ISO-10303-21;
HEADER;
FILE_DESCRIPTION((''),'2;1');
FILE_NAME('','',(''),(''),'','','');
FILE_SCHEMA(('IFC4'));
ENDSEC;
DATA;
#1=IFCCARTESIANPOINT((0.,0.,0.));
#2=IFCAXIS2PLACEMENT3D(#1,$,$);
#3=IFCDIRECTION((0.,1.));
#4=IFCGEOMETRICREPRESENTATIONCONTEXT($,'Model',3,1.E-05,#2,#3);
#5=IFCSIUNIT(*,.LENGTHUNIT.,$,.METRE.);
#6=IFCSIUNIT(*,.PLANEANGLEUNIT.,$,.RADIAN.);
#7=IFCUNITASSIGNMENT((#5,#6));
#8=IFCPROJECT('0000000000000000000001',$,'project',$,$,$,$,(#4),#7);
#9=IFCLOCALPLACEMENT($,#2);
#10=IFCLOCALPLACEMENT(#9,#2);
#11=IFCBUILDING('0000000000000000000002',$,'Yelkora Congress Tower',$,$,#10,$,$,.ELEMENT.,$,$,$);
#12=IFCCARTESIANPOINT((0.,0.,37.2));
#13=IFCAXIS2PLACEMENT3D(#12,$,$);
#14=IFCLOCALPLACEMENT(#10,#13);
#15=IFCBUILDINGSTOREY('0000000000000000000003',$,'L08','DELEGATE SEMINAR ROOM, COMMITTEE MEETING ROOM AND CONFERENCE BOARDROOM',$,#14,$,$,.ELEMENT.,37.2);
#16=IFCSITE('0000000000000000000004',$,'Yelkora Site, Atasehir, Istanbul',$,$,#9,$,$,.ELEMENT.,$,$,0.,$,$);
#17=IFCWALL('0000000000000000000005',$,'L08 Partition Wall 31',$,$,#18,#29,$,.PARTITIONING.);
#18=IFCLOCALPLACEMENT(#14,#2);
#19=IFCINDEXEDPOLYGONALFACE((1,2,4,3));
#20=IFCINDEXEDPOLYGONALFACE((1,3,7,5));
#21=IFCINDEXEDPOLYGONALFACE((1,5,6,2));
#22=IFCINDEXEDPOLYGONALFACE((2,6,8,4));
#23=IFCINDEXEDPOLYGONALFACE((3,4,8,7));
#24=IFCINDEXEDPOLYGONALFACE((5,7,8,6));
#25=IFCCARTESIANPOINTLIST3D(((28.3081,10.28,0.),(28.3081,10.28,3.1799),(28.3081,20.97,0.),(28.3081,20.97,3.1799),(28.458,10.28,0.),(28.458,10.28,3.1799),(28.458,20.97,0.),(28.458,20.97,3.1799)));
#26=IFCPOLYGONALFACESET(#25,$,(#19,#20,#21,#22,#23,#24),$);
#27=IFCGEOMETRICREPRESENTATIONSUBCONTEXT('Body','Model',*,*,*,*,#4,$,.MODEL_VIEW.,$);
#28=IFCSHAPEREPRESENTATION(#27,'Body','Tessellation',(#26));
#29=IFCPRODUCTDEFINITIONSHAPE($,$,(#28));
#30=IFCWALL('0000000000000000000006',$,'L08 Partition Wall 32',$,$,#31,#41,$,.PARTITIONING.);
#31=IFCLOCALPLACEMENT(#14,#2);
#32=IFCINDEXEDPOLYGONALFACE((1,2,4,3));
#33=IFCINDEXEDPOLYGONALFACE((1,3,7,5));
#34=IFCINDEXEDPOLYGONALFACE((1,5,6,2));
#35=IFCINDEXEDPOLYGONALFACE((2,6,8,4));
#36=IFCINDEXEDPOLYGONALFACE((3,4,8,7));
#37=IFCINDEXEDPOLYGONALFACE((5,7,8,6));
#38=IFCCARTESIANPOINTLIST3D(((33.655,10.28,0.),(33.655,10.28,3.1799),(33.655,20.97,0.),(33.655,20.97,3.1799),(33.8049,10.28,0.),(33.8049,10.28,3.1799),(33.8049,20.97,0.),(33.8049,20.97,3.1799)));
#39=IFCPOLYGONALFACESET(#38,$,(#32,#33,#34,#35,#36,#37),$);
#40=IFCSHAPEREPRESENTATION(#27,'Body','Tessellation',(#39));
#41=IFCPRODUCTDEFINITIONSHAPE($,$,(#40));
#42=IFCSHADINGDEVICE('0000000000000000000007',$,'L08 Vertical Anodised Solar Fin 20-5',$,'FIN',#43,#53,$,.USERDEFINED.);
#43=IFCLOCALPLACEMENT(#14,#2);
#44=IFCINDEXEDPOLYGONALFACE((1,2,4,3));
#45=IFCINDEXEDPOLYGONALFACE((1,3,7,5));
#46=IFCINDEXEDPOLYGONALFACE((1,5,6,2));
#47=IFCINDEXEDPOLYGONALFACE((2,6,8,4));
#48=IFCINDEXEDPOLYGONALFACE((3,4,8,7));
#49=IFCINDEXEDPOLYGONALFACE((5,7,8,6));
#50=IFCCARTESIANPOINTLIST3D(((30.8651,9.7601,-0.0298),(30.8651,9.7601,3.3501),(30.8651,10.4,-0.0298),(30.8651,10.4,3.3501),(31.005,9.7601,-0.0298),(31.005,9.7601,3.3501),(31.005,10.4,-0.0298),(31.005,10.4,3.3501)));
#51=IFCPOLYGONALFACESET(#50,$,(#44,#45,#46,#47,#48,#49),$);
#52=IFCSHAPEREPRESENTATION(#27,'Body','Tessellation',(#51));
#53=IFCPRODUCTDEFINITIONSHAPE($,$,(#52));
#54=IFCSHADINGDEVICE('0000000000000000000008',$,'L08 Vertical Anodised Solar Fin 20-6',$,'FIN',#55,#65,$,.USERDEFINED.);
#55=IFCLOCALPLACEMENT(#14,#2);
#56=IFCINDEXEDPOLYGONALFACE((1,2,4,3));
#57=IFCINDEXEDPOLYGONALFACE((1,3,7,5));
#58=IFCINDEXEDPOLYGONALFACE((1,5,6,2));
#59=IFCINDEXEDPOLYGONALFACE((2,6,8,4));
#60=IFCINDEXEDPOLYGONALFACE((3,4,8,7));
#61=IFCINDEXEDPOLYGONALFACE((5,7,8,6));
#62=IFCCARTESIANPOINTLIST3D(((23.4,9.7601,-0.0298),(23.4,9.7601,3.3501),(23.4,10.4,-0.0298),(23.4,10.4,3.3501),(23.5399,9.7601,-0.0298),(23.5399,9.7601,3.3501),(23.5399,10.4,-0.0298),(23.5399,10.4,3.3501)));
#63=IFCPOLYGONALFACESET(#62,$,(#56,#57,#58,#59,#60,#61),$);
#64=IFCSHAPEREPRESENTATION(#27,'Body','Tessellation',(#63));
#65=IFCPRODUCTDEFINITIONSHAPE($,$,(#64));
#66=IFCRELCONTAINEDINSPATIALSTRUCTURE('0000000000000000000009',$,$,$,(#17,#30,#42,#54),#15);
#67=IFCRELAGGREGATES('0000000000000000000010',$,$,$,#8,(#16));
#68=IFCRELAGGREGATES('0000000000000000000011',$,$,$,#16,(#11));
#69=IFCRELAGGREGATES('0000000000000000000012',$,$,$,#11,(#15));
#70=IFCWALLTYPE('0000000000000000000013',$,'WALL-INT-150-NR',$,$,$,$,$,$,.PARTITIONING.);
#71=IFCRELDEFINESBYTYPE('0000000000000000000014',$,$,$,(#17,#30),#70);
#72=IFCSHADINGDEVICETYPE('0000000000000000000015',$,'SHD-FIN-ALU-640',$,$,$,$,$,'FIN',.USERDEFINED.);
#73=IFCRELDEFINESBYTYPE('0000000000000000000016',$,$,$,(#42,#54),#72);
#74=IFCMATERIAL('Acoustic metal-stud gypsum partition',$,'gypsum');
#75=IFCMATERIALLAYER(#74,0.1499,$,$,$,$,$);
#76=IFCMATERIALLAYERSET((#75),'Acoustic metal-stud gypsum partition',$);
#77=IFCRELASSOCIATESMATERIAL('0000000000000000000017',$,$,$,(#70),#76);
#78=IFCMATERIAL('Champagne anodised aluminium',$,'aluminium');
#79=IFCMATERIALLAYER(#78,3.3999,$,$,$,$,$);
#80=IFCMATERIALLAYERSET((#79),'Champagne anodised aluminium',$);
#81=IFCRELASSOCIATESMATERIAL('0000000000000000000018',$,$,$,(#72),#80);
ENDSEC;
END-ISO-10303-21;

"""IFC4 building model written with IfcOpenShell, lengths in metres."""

from ifc_helpers import new_model, si_unit, direction, frame, frame_2d, origin, origin_2d, place, context, subcontext, project, spatial, rectangle, extrude, material, layer, layer_set, type_object, element, save


model = new_model("IFC4")

# Units and contexts
model_context = context("Model", 3, precision=1e-05, world=origin(), true_north=direction((0.0, 1.0)))
body_context = subcontext(model_context, "Body", "Model", "MODEL_VIEW")
ifc_project = project(units=[si_unit("LENGTHUNIT", "METRE"), si_unit("PLANEANGLEUNIT", "RADIAN")], contexts=[model_context])

# Site, building, storey
site_placement = place(None, origin())
site = spatial("IfcSite", under=ifc_project, at=site_placement, Name="Yelkora Site, Atasehir, Istanbul", CompositionType="ELEMENT", RefElevation=0.0)
building_placement = place(site_placement, origin())
building = spatial("IfcBuilding", under=site, at=building_placement, Name="Yelkora Congress Tower", CompositionType="ELEMENT")
storey_placement = place(building_placement, frame((0.0, 0.0, 37.2)))
storey = spatial("IfcBuildingStorey", under=building, at=storey_placement, Name="L08", Description="DELEGATE SEMINAR ROOM, COMMITTEE MEETING ROOM AND CONFERENCE BOARDROOM", CompositionType="ELEMENT", Elevation=37.2)

# Walls
ifc_material_1 = material(Name="Acoustic metal-stud gypsum partition", Category="gypsum")
ifc_layer_1 = layer(ifc_material_1, 0.1499)
ifc_layer_set_1 = layer_set([ifc_layer_1], Name="Acoustic metal-stud gypsum partition")
wall_type = type_object("IfcWallType", Name="WALL-INT-150-NR", PredefinedType="PARTITIONING", material=ifc_layer_set_1)
for number, where, z_axis, x_axis, name in (
    (1, (28.3831, 10.28, 0.0), (0.0, 0.0, 1.0), (0.0, 1.0, 0.0), "L08 Partition Wall 31"),
    (2, (33.73, 10.28, 0.0), (0.0, 0.0, 1.0), (0.0, 1.0, 0.0), "L08 Partition Wall 32"),
):
    element("IfcWall", number, at=place(storey_placement, frame(where, z_axis=z_axis, x_axis=x_axis)), inside=storey, type_object=wall_type, Name=name, PredefinedType="PARTITIONING", context=body_context, shape_type="SweptSolid", body=[
        extrude(rectangle(XDim=10.6899, YDim=0.1499, at=frame_2d((5.345, 0.0))), origin(), (0.0, 0.0, 1.0), 3.1799),
    ])

# Shading devices
ifc_material_2 = material(Name="Champagne anodised aluminium", Category="aluminium")
ifc_layer_2 = layer(ifc_material_2, 3.3999)
ifc_layer_set_2 = layer_set([ifc_layer_2], Name="Champagne anodised aluminium")
shading_device_type = type_object("IfcShadingDeviceType", Name="SHD-FIN-ALU-640", ElementType="FIN", PredefinedType="USERDEFINED", material=ifc_layer_set_2)
for number, where, z_axis, x_axis, name in (
    (3, (30.9351, 10.0801, -0.0298), (0.0, 0.0, 1.0), (-1.0, 0.0, 0.0), "L08 Vertical Anodised Solar Fin 20-5"),
    (4, (23.47, 10.0801, -0.0298), (0.0, 0.0, 1.0), (-1.0, 0.0, 0.0), "L08 Vertical Anodised Solar Fin 20-6"),
):
    element("IfcShadingDevice", number, at=place(storey_placement, frame(where, z_axis=z_axis, x_axis=x_axis)), inside=storey, type_object=shading_device_type, Name=name, ObjectType="FIN", PredefinedType="USERDEFINED", context=body_context, shape_type="SweptSolid", body=[
        extrude(rectangle(XDim=0.1399, YDim=0.6399, at=origin_2d()), origin(), (0.0, 0.0, 1.0), 3.3799),
    ])

save(model, "model.ifc")
